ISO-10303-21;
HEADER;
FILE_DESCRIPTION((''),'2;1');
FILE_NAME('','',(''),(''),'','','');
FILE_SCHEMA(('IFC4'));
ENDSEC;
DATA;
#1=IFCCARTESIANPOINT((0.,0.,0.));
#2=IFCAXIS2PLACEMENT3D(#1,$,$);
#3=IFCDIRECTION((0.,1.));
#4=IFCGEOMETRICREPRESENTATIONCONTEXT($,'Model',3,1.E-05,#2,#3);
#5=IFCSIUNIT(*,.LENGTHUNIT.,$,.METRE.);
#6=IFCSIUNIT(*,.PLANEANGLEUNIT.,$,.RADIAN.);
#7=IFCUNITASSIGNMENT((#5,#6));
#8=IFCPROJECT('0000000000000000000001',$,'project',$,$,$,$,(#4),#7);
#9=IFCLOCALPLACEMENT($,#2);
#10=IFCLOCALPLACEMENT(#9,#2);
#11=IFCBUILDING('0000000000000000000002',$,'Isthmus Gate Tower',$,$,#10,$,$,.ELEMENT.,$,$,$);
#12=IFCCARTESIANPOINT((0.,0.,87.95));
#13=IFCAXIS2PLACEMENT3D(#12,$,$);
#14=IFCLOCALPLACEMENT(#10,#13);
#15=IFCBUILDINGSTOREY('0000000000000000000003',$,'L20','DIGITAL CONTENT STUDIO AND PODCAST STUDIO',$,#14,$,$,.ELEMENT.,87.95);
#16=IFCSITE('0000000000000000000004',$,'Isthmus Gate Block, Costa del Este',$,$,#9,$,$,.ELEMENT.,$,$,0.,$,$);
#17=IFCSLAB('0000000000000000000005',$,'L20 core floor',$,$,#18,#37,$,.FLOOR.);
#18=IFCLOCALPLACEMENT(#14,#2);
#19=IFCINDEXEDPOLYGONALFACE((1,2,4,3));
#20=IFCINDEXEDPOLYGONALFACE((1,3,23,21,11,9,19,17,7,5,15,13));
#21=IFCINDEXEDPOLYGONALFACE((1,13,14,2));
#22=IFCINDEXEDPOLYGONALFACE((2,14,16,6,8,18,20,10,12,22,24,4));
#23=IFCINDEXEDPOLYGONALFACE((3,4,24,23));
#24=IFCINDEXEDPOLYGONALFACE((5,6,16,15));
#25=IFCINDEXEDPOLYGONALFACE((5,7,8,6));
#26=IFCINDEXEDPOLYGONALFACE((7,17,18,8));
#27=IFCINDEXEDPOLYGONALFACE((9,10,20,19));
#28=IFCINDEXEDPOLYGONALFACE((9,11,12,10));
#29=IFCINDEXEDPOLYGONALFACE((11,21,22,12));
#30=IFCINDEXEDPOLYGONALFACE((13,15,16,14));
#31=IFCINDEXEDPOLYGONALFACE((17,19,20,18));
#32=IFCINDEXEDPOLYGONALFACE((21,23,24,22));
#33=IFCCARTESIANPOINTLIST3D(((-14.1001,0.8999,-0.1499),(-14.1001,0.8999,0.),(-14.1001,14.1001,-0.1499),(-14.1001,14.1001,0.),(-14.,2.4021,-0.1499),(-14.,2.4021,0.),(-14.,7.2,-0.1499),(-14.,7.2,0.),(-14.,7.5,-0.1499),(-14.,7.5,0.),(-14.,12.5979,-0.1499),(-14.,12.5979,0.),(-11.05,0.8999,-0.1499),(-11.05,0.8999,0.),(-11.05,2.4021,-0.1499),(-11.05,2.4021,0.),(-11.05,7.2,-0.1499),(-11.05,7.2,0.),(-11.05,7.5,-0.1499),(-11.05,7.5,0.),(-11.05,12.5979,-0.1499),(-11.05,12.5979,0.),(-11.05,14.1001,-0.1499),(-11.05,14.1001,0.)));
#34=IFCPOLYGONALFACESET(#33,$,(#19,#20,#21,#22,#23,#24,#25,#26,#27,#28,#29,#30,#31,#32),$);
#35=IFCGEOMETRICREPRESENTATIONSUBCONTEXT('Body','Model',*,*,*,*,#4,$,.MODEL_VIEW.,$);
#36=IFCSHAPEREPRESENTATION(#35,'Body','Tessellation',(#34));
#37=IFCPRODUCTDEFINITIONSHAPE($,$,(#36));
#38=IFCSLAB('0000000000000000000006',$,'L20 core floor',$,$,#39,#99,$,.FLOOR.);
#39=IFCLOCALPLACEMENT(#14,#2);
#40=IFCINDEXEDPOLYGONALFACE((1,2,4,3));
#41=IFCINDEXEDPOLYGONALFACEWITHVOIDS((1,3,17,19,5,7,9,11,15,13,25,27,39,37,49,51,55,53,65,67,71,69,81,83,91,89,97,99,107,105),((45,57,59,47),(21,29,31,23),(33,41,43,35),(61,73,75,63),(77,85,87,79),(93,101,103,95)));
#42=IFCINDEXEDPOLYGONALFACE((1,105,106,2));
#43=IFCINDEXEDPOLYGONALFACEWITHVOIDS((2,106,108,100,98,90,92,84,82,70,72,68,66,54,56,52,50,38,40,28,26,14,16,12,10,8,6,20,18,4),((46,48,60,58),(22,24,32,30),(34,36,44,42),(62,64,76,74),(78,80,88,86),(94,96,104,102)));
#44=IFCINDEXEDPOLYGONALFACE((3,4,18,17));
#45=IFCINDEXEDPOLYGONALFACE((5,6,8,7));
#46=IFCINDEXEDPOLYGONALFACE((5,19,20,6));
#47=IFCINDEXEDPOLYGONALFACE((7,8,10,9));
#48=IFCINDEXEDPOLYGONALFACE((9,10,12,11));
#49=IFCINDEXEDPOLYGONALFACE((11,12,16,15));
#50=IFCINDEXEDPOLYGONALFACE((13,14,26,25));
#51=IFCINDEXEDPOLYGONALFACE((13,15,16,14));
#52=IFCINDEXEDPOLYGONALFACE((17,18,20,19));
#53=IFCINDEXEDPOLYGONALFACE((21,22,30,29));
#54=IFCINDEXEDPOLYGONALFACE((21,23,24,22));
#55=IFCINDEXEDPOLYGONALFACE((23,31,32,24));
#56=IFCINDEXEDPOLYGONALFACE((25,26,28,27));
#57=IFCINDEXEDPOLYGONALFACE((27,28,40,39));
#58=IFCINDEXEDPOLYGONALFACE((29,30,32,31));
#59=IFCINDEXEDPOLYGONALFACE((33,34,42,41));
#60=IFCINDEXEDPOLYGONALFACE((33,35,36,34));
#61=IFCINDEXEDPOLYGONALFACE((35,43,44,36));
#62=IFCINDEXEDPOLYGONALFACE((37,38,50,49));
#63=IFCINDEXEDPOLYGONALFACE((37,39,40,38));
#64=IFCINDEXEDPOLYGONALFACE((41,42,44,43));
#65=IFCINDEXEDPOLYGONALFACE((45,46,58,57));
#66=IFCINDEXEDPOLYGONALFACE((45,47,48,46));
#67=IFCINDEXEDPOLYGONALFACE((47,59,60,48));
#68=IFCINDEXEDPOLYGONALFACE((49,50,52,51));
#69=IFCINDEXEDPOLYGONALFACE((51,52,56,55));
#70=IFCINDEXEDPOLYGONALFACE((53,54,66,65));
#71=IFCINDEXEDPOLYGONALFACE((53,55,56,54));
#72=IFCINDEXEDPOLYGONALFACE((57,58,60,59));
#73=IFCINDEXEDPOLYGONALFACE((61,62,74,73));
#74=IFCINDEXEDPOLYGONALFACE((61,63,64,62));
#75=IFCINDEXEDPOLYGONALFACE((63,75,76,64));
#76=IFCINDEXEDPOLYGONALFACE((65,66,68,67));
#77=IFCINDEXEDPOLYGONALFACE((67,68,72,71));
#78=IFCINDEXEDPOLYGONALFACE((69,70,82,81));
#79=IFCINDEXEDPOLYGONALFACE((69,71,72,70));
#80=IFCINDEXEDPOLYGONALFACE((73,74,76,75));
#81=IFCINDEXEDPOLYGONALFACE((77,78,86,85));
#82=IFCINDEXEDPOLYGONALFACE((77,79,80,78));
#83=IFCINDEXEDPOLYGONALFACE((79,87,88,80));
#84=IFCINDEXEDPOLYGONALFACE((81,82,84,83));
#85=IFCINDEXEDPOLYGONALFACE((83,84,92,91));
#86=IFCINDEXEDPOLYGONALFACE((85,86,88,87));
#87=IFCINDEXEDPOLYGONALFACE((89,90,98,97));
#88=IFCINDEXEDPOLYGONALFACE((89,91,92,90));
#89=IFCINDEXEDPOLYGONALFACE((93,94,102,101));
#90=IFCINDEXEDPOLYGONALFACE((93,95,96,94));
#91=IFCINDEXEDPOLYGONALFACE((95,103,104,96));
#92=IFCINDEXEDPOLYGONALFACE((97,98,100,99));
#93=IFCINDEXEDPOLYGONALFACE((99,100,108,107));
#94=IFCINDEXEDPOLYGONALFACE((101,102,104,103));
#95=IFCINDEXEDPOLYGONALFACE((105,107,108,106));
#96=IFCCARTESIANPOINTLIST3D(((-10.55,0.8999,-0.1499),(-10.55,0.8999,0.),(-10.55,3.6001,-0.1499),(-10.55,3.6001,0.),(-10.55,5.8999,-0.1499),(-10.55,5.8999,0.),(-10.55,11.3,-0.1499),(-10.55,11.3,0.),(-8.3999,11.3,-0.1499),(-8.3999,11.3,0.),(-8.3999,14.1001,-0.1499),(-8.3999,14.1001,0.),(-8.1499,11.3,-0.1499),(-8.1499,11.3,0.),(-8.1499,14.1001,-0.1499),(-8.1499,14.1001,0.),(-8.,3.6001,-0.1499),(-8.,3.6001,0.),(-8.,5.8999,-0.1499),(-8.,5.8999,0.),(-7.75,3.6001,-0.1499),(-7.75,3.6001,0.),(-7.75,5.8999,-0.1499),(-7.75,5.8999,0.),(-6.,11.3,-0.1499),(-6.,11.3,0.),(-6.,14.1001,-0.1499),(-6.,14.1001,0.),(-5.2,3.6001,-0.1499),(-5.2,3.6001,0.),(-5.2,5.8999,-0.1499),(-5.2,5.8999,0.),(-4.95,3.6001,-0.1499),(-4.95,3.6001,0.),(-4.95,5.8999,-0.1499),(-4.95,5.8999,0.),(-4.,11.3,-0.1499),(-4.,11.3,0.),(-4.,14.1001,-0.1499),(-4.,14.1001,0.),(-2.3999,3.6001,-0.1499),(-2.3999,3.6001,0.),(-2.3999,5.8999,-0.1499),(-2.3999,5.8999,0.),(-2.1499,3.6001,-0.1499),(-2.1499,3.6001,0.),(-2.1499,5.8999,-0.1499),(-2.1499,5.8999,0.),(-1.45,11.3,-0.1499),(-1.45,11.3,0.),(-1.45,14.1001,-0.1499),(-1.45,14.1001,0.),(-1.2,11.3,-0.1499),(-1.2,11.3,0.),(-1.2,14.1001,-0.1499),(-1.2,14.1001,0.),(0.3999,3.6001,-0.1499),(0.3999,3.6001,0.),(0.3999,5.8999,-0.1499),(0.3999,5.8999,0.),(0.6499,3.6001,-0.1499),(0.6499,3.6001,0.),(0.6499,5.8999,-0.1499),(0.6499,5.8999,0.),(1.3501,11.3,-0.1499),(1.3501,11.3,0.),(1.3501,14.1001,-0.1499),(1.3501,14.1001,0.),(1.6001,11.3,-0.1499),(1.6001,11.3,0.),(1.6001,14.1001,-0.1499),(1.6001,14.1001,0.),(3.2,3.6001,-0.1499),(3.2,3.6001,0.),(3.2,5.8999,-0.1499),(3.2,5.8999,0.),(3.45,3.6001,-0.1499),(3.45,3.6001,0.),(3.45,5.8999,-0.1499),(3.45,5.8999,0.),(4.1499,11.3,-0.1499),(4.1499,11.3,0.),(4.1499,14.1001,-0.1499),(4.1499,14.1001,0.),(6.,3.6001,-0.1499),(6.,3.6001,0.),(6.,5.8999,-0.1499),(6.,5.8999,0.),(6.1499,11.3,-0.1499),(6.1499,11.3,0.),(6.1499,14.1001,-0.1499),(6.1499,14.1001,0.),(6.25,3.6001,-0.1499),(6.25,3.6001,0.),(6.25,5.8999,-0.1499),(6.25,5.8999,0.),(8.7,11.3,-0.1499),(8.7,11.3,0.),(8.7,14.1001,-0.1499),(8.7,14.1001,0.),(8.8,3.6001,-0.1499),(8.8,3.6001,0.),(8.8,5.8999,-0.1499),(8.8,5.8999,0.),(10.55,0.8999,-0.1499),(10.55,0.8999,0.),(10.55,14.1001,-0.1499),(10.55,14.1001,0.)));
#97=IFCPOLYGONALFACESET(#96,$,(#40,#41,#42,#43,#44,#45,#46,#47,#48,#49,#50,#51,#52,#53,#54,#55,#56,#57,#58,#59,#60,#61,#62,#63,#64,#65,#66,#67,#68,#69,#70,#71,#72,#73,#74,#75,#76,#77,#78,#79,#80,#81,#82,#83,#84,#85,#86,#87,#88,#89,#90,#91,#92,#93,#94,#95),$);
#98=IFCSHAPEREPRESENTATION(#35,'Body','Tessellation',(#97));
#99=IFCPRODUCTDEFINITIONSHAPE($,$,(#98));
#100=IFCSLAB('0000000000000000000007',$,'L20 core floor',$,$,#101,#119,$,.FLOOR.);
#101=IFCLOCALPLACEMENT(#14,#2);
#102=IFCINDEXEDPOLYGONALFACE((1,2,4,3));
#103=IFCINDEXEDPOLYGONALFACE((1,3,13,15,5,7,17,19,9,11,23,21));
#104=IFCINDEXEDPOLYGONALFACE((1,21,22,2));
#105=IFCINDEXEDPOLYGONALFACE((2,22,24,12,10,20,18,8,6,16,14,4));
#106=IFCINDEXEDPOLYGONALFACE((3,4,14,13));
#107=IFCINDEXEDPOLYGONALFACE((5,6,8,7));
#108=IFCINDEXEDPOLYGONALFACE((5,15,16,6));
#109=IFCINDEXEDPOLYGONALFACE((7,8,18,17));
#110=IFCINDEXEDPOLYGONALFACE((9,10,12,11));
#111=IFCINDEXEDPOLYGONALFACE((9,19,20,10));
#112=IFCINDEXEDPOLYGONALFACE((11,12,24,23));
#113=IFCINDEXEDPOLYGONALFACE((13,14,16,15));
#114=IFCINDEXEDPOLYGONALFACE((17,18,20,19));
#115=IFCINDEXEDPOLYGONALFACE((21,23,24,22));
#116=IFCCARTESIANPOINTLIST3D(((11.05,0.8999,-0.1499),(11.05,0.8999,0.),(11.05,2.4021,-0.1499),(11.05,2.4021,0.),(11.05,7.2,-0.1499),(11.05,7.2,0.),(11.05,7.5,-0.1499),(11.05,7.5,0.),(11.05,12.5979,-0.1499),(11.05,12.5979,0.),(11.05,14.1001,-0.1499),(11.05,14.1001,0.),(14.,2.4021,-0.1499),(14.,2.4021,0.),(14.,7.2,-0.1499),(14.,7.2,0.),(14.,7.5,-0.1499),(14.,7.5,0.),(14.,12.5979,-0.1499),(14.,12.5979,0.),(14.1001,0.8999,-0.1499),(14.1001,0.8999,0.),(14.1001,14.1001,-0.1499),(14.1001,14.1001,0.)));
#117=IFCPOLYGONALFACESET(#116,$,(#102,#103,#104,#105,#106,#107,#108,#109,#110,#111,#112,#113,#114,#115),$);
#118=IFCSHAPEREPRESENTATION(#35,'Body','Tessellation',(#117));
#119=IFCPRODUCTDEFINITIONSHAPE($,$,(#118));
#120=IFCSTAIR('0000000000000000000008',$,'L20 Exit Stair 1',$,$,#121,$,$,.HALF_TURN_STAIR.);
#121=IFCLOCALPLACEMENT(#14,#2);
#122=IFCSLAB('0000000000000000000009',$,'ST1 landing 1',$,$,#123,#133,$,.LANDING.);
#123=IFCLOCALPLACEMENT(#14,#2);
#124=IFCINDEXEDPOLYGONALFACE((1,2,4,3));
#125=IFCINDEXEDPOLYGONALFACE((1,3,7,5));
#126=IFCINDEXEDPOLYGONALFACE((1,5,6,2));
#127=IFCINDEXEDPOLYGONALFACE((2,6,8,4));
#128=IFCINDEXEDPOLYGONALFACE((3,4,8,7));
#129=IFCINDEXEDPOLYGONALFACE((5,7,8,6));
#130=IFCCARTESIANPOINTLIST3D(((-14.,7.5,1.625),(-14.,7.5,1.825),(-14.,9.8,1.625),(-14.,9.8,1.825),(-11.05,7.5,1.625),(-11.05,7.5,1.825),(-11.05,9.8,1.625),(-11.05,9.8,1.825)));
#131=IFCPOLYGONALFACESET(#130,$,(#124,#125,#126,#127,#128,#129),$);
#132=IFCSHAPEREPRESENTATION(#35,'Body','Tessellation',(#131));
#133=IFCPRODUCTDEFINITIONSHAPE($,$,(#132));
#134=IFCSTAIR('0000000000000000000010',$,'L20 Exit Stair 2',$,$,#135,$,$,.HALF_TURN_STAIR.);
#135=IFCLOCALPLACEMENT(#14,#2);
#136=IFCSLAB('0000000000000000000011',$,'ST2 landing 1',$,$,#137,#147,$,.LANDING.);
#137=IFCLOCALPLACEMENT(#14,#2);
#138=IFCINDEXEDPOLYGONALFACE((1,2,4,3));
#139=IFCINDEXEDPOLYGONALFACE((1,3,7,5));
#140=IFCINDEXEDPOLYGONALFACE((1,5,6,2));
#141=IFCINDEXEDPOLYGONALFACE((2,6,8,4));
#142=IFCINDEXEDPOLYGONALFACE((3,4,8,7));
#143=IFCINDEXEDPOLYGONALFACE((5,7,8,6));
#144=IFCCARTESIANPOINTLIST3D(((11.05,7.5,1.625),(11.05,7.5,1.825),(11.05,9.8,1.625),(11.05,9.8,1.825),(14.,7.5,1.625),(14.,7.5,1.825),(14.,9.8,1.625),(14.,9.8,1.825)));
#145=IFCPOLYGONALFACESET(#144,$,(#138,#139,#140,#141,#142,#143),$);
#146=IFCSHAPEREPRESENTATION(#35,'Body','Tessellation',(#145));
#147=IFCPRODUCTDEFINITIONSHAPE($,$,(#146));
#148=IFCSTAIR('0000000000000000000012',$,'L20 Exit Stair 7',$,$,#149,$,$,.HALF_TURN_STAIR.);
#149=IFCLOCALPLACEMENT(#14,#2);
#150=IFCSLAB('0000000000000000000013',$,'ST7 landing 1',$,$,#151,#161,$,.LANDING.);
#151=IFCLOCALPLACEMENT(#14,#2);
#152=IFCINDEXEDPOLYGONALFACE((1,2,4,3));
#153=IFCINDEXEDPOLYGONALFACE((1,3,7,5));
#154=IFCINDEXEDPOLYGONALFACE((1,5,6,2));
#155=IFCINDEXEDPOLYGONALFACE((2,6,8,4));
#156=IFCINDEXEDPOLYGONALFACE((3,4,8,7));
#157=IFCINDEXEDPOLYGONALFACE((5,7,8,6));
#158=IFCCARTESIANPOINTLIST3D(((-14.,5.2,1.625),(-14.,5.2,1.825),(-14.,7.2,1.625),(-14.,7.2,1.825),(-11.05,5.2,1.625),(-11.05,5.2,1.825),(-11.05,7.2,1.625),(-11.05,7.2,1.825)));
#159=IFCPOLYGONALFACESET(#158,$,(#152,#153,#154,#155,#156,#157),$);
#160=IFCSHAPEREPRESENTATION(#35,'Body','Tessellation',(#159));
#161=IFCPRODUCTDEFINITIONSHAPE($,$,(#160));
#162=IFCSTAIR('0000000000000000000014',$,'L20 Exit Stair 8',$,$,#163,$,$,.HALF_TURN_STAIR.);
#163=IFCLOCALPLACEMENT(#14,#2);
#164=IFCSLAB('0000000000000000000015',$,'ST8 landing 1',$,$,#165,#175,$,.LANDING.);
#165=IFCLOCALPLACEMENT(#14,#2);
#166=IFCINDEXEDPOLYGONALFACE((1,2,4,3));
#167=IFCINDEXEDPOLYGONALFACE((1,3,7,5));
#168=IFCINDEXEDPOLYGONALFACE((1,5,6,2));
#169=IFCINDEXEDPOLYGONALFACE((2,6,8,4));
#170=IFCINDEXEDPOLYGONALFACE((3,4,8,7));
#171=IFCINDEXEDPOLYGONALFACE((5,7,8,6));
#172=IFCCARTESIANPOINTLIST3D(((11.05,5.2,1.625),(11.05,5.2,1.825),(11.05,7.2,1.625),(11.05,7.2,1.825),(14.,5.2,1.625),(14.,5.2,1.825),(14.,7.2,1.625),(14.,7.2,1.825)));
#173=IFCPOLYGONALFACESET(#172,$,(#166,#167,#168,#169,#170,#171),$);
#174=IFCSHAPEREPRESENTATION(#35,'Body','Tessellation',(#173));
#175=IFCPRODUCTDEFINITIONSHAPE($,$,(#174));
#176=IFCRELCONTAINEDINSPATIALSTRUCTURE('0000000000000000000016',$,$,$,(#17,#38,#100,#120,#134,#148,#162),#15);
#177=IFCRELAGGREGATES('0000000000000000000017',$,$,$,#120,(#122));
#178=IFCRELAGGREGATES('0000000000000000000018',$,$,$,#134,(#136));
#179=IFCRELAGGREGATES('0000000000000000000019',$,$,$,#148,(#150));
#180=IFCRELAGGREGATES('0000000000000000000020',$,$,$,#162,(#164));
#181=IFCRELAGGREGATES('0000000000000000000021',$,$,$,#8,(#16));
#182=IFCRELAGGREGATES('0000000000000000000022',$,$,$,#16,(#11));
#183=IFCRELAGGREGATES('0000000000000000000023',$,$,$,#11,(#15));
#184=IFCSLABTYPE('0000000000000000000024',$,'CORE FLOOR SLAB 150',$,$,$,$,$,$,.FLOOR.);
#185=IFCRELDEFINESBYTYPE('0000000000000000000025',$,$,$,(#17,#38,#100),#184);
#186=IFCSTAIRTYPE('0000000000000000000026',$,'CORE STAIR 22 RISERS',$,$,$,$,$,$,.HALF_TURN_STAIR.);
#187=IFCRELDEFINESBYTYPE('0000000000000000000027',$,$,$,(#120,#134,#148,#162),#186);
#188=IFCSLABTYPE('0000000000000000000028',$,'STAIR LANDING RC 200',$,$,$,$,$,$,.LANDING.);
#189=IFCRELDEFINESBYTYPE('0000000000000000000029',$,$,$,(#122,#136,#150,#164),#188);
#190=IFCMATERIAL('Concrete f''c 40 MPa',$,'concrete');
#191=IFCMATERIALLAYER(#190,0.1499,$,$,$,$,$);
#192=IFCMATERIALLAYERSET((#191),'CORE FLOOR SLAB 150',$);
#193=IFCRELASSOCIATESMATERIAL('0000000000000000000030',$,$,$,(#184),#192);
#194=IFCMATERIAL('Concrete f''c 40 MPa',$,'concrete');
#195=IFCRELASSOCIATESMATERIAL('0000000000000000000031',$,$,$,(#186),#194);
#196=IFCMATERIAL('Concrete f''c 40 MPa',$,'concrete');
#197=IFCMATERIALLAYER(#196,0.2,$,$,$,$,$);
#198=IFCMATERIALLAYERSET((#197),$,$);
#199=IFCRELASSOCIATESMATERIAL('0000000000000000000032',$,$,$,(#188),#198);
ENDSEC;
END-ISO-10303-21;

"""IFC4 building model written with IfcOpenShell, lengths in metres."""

from ifc_helpers import new_model, si_unit, direction, frame, origin, place, context, subcontext, project, spatial, polyline, outline, extrude, material, layer, layer_set, type_object, element, aggregate, save


model = new_model("IFC4")

# Units and contexts
model_context = context("Model", 3, precision=1e-05, world=origin(), true_north=direction((0.0, 1.0)))
body_context = subcontext(model_context, "Body", "Model", "MODEL_VIEW")
ifc_project = project(units=[si_unit("LENGTHUNIT", "METRE"), si_unit("PLANEANGLEUNIT", "RADIAN")], contexts=[model_context])

# Site, building, storey
site_placement = place(None, origin())
site = spatial("IfcSite", under=ifc_project, at=site_placement, Name="Isthmus Gate Block, Costa del Este", CompositionType="ELEMENT", RefElevation=0.0)
building_placement = place(site_placement, origin())
building = spatial("IfcBuilding", under=site, at=building_placement, Name="Isthmus Gate Tower", CompositionType="ELEMENT")
storey_placement = place(building_placement, frame((0.0, 0.0, 87.95)))
storey = spatial("IfcBuildingStorey", under=building, at=storey_placement, Name="L20", Description="DIGITAL CONTENT STUDIO AND PODCAST STUDIO", CompositionType="ELEMENT", Elevation=87.95)

# Slabs
ifc_material_1 = material(Name="Concrete f'c 40 MPa", Category="concrete")
ifc_layer_1 = layer(ifc_material_1, 0.1499)
ifc_layer_set_1 = layer_set([ifc_layer_1], Name="CORE FLOOR SLAB 150")
slab_type_1 = type_object("IfcSlabType", Name="CORE FLOOR SLAB 150", PredefinedType="FLOOR", material=ifc_layer_set_1)
slab_1_placement = place(storey_placement, frame((0.0, 0.0, -0.1499)))
element("IfcSlab", 1, at=slab_1_placement, inside=storey, type_object=slab_type_1, Name="L20 core floor", PredefinedType="FLOOR", context=body_context, shape_type="SweptSolid", body=[
    extrude(outline(polyline([(-11.05, 0.8999), (-11.05, 2.4021), (-14.0, 2.4021), (-14.0, 7.2), (-11.05, 7.2), (-11.05, 7.5), (-14.0, 7.5), (-14.0, 12.5979), (-11.05, 12.5979), (-11.05, 14.1001), (-14.1001, 14.1001), (-14.1001, 0.8999), (-11.05, 0.8999)])), origin(), (0.0, 0.0, 1.0), 0.1499),
])
slab_2_placement = place(storey_placement, frame((0.0, 0.0, -0.1499)))
element("IfcSlab", 2, at=slab_2_placement, inside=storey, type_object=slab_type_1, Name="L20 core floor", PredefinedType="FLOOR", context=body_context, shape_type="SweptSolid", body=[
    extrude(outline(polyline([(10.55, 14.1001), (8.7, 14.1001), (8.7, 11.3), (6.1499, 11.3), (6.1499, 14.1001), (4.1499, 14.1001), (4.1499, 11.3), (1.6001, 11.3), (1.6001, 14.1001), (1.3501, 14.1001), (1.3501, 11.3), (-1.2, 11.3), (-1.2, 14.1001), (-1.45, 14.1001), (-1.45, 11.3), (-4.0, 11.3), (-4.0, 14.1001), (-6.0, 14.1001), (-6.0, 11.3), (-8.1499, 11.3), (-8.1499, 14.1001), (-8.3999, 14.1001), (-8.3999, 11.3), (-10.55, 11.3), (-10.55, 5.8999), (-8.0, 5.8999), (-8.0, 3.6001), (-10.55, 3.6001), (-10.55, 0.8999), (10.55, 0.8999), (10.55, 14.1001)]), holes=[polyline([(-5.2, 5.8999), (-5.2, 3.6001), (-7.75, 3.6001), (-7.75, 5.8999), (-5.2, 5.8999)]), polyline([(-2.3999, 5.8999), (-2.3999, 3.6001), (-4.95, 3.6001), (-4.95, 5.8999), (-2.3999, 5.8999)]), polyline([(0.3999, 5.8999), (0.3999, 3.6001), (-2.1499, 3.6001), (-2.1499, 5.8999), (0.3999, 5.8999)]), polyline([(3.2, 5.8999), (3.2, 3.6001), (0.6499, 3.6001), (0.6499, 5.8999), (3.2, 5.8999)]), polyline([(6.0, 5.8999), (6.0, 3.6001), (3.45, 3.6001), (3.45, 5.8999), (6.0, 5.8999)]), polyline([(8.8, 5.8999), (8.8, 3.6001), (6.25, 3.6001), (6.25, 5.8999), (8.8, 5.8999)])]), origin(), (0.0, 0.0, 1.0), 0.1499),
])
slab_3_placement = place(storey_placement, frame((0.0, 0.0, -0.1499)))
element("IfcSlab", 3, at=slab_3_placement, inside=storey, type_object=slab_type_1, Name="L20 core floor", PredefinedType="FLOOR", context=body_context, shape_type="SweptSolid", body=[
    extrude(outline(polyline([(11.05, 14.1001), (11.05, 12.5979), (14.0, 12.5979), (14.0, 7.5), (11.05, 7.5), (11.05, 7.2), (14.0, 7.2), (14.0, 2.4021), (11.05, 2.4021), (11.05, 0.8999), (14.1001, 0.8999), (14.1001, 14.1001), (11.05, 14.1001)])), origin(), (0.0, 0.0, 1.0), 0.1499),
])

# Stairs, slabs
ifc_material_2 = material(Name="Concrete f'c 40 MPa", Category="concrete")
stair_type = type_object("IfcStairType", Name="CORE STAIR 22 RISERS", PredefinedType="HALF_TURN_STAIR", material=ifc_material_2)
stair_1_placement = place(storey_placement, origin())
stair_1 = element("IfcStair", 4, at=stair_1_placement, inside=storey, type_object=stair_type, Name="L20 Exit Stair 1", PredefinedType="HALF_TURN_STAIR")
ifc_material_3 = material(Name="Concrete f'c 40 MPa", Category="concrete")
ifc_layer_2 = layer(ifc_material_3, 0.2)
ifc_layer_set_2 = layer_set([ifc_layer_2])
slab_type_2 = type_object("IfcSlabType", Name="STAIR LANDING RC 200", PredefinedType="LANDING", material=ifc_layer_set_2)
slab_4_placement = place(storey_placement, frame((0.0, 0.0, 1.625)))
slab_4 = element("IfcSlab", 5, at=slab_4_placement, type_object=slab_type_2, Name="ST1 landing 1", PredefinedType="LANDING", context=body_context, shape_type="SweptSolid", body=[
    extrude(outline(polyline([(-14.0, 9.8), (-14.0, 7.5), (-11.05, 7.5), (-11.05, 9.8), (-14.0, 9.8)])), origin(), (0.0, 0.0, 1.0), 0.2),
])
aggregate(stair_1, [slab_4])
stair_2_placement = place(storey_placement, origin())
stair_2 = element("IfcStair", 6, at=stair_2_placement, inside=storey, type_object=stair_type, Name="L20 Exit Stair 2", PredefinedType="HALF_TURN_STAIR")
slab_5_placement = place(storey_placement, frame((0.0, 0.0, 1.625)))
slab_5 = element("IfcSlab", 7, at=slab_5_placement, type_object=slab_type_2, Name="ST2 landing 1", PredefinedType="LANDING", context=body_context, shape_type="SweptSolid", body=[
    extrude(outline(polyline([(11.05, 9.8), (11.05, 7.5), (14.0, 7.5), (14.0, 9.8), (11.05, 9.8)])), origin(), (0.0, 0.0, 1.0), 0.2),
])
aggregate(stair_2, [slab_5])
stair_3_placement = place(storey_placement, origin())
stair_3 = element("IfcStair", 8, at=stair_3_placement, inside=storey, type_object=stair_type, Name="L20 Exit Stair 7", PredefinedType="HALF_TURN_STAIR")
slab_6_placement = place(storey_placement, frame((0.0, 0.0, 1.625)))
slab_6 = element("IfcSlab", 9, at=slab_6_placement, type_object=slab_type_2, Name="ST7 landing 1", PredefinedType="LANDING", context=body_context, shape_type="SweptSolid", body=[
    extrude(outline(polyline([(-11.05, 5.2), (-11.05, 7.2), (-14.0, 7.2), (-14.0, 5.2), (-11.05, 5.2)])), origin(), (0.0, 0.0, 1.0), 0.2),
])
aggregate(stair_3, [slab_6])
stair_4_placement = place(storey_placement, origin())
stair_4 = element("IfcStair", 10, at=stair_4_placement, inside=storey, type_object=stair_type, Name="L20 Exit Stair 8", PredefinedType="HALF_TURN_STAIR")
slab_7_placement = place(storey_placement, frame((0.0, 0.0, 1.625)))
slab_7 = element("IfcSlab", 11, at=slab_7_placement, type_object=slab_type_2, Name="ST8 landing 1", PredefinedType="LANDING", context=body_context, shape_type="SweptSolid", body=[
    extrude(outline(polyline([(14.0, 5.2), (14.0, 7.2), (11.05, 7.2), (11.05, 5.2), (14.0, 5.2)])), origin(), (0.0, 0.0, 1.0), 0.2),
])

aggregate(stair_4, [slab_7])

save(model, "model.ifc")
